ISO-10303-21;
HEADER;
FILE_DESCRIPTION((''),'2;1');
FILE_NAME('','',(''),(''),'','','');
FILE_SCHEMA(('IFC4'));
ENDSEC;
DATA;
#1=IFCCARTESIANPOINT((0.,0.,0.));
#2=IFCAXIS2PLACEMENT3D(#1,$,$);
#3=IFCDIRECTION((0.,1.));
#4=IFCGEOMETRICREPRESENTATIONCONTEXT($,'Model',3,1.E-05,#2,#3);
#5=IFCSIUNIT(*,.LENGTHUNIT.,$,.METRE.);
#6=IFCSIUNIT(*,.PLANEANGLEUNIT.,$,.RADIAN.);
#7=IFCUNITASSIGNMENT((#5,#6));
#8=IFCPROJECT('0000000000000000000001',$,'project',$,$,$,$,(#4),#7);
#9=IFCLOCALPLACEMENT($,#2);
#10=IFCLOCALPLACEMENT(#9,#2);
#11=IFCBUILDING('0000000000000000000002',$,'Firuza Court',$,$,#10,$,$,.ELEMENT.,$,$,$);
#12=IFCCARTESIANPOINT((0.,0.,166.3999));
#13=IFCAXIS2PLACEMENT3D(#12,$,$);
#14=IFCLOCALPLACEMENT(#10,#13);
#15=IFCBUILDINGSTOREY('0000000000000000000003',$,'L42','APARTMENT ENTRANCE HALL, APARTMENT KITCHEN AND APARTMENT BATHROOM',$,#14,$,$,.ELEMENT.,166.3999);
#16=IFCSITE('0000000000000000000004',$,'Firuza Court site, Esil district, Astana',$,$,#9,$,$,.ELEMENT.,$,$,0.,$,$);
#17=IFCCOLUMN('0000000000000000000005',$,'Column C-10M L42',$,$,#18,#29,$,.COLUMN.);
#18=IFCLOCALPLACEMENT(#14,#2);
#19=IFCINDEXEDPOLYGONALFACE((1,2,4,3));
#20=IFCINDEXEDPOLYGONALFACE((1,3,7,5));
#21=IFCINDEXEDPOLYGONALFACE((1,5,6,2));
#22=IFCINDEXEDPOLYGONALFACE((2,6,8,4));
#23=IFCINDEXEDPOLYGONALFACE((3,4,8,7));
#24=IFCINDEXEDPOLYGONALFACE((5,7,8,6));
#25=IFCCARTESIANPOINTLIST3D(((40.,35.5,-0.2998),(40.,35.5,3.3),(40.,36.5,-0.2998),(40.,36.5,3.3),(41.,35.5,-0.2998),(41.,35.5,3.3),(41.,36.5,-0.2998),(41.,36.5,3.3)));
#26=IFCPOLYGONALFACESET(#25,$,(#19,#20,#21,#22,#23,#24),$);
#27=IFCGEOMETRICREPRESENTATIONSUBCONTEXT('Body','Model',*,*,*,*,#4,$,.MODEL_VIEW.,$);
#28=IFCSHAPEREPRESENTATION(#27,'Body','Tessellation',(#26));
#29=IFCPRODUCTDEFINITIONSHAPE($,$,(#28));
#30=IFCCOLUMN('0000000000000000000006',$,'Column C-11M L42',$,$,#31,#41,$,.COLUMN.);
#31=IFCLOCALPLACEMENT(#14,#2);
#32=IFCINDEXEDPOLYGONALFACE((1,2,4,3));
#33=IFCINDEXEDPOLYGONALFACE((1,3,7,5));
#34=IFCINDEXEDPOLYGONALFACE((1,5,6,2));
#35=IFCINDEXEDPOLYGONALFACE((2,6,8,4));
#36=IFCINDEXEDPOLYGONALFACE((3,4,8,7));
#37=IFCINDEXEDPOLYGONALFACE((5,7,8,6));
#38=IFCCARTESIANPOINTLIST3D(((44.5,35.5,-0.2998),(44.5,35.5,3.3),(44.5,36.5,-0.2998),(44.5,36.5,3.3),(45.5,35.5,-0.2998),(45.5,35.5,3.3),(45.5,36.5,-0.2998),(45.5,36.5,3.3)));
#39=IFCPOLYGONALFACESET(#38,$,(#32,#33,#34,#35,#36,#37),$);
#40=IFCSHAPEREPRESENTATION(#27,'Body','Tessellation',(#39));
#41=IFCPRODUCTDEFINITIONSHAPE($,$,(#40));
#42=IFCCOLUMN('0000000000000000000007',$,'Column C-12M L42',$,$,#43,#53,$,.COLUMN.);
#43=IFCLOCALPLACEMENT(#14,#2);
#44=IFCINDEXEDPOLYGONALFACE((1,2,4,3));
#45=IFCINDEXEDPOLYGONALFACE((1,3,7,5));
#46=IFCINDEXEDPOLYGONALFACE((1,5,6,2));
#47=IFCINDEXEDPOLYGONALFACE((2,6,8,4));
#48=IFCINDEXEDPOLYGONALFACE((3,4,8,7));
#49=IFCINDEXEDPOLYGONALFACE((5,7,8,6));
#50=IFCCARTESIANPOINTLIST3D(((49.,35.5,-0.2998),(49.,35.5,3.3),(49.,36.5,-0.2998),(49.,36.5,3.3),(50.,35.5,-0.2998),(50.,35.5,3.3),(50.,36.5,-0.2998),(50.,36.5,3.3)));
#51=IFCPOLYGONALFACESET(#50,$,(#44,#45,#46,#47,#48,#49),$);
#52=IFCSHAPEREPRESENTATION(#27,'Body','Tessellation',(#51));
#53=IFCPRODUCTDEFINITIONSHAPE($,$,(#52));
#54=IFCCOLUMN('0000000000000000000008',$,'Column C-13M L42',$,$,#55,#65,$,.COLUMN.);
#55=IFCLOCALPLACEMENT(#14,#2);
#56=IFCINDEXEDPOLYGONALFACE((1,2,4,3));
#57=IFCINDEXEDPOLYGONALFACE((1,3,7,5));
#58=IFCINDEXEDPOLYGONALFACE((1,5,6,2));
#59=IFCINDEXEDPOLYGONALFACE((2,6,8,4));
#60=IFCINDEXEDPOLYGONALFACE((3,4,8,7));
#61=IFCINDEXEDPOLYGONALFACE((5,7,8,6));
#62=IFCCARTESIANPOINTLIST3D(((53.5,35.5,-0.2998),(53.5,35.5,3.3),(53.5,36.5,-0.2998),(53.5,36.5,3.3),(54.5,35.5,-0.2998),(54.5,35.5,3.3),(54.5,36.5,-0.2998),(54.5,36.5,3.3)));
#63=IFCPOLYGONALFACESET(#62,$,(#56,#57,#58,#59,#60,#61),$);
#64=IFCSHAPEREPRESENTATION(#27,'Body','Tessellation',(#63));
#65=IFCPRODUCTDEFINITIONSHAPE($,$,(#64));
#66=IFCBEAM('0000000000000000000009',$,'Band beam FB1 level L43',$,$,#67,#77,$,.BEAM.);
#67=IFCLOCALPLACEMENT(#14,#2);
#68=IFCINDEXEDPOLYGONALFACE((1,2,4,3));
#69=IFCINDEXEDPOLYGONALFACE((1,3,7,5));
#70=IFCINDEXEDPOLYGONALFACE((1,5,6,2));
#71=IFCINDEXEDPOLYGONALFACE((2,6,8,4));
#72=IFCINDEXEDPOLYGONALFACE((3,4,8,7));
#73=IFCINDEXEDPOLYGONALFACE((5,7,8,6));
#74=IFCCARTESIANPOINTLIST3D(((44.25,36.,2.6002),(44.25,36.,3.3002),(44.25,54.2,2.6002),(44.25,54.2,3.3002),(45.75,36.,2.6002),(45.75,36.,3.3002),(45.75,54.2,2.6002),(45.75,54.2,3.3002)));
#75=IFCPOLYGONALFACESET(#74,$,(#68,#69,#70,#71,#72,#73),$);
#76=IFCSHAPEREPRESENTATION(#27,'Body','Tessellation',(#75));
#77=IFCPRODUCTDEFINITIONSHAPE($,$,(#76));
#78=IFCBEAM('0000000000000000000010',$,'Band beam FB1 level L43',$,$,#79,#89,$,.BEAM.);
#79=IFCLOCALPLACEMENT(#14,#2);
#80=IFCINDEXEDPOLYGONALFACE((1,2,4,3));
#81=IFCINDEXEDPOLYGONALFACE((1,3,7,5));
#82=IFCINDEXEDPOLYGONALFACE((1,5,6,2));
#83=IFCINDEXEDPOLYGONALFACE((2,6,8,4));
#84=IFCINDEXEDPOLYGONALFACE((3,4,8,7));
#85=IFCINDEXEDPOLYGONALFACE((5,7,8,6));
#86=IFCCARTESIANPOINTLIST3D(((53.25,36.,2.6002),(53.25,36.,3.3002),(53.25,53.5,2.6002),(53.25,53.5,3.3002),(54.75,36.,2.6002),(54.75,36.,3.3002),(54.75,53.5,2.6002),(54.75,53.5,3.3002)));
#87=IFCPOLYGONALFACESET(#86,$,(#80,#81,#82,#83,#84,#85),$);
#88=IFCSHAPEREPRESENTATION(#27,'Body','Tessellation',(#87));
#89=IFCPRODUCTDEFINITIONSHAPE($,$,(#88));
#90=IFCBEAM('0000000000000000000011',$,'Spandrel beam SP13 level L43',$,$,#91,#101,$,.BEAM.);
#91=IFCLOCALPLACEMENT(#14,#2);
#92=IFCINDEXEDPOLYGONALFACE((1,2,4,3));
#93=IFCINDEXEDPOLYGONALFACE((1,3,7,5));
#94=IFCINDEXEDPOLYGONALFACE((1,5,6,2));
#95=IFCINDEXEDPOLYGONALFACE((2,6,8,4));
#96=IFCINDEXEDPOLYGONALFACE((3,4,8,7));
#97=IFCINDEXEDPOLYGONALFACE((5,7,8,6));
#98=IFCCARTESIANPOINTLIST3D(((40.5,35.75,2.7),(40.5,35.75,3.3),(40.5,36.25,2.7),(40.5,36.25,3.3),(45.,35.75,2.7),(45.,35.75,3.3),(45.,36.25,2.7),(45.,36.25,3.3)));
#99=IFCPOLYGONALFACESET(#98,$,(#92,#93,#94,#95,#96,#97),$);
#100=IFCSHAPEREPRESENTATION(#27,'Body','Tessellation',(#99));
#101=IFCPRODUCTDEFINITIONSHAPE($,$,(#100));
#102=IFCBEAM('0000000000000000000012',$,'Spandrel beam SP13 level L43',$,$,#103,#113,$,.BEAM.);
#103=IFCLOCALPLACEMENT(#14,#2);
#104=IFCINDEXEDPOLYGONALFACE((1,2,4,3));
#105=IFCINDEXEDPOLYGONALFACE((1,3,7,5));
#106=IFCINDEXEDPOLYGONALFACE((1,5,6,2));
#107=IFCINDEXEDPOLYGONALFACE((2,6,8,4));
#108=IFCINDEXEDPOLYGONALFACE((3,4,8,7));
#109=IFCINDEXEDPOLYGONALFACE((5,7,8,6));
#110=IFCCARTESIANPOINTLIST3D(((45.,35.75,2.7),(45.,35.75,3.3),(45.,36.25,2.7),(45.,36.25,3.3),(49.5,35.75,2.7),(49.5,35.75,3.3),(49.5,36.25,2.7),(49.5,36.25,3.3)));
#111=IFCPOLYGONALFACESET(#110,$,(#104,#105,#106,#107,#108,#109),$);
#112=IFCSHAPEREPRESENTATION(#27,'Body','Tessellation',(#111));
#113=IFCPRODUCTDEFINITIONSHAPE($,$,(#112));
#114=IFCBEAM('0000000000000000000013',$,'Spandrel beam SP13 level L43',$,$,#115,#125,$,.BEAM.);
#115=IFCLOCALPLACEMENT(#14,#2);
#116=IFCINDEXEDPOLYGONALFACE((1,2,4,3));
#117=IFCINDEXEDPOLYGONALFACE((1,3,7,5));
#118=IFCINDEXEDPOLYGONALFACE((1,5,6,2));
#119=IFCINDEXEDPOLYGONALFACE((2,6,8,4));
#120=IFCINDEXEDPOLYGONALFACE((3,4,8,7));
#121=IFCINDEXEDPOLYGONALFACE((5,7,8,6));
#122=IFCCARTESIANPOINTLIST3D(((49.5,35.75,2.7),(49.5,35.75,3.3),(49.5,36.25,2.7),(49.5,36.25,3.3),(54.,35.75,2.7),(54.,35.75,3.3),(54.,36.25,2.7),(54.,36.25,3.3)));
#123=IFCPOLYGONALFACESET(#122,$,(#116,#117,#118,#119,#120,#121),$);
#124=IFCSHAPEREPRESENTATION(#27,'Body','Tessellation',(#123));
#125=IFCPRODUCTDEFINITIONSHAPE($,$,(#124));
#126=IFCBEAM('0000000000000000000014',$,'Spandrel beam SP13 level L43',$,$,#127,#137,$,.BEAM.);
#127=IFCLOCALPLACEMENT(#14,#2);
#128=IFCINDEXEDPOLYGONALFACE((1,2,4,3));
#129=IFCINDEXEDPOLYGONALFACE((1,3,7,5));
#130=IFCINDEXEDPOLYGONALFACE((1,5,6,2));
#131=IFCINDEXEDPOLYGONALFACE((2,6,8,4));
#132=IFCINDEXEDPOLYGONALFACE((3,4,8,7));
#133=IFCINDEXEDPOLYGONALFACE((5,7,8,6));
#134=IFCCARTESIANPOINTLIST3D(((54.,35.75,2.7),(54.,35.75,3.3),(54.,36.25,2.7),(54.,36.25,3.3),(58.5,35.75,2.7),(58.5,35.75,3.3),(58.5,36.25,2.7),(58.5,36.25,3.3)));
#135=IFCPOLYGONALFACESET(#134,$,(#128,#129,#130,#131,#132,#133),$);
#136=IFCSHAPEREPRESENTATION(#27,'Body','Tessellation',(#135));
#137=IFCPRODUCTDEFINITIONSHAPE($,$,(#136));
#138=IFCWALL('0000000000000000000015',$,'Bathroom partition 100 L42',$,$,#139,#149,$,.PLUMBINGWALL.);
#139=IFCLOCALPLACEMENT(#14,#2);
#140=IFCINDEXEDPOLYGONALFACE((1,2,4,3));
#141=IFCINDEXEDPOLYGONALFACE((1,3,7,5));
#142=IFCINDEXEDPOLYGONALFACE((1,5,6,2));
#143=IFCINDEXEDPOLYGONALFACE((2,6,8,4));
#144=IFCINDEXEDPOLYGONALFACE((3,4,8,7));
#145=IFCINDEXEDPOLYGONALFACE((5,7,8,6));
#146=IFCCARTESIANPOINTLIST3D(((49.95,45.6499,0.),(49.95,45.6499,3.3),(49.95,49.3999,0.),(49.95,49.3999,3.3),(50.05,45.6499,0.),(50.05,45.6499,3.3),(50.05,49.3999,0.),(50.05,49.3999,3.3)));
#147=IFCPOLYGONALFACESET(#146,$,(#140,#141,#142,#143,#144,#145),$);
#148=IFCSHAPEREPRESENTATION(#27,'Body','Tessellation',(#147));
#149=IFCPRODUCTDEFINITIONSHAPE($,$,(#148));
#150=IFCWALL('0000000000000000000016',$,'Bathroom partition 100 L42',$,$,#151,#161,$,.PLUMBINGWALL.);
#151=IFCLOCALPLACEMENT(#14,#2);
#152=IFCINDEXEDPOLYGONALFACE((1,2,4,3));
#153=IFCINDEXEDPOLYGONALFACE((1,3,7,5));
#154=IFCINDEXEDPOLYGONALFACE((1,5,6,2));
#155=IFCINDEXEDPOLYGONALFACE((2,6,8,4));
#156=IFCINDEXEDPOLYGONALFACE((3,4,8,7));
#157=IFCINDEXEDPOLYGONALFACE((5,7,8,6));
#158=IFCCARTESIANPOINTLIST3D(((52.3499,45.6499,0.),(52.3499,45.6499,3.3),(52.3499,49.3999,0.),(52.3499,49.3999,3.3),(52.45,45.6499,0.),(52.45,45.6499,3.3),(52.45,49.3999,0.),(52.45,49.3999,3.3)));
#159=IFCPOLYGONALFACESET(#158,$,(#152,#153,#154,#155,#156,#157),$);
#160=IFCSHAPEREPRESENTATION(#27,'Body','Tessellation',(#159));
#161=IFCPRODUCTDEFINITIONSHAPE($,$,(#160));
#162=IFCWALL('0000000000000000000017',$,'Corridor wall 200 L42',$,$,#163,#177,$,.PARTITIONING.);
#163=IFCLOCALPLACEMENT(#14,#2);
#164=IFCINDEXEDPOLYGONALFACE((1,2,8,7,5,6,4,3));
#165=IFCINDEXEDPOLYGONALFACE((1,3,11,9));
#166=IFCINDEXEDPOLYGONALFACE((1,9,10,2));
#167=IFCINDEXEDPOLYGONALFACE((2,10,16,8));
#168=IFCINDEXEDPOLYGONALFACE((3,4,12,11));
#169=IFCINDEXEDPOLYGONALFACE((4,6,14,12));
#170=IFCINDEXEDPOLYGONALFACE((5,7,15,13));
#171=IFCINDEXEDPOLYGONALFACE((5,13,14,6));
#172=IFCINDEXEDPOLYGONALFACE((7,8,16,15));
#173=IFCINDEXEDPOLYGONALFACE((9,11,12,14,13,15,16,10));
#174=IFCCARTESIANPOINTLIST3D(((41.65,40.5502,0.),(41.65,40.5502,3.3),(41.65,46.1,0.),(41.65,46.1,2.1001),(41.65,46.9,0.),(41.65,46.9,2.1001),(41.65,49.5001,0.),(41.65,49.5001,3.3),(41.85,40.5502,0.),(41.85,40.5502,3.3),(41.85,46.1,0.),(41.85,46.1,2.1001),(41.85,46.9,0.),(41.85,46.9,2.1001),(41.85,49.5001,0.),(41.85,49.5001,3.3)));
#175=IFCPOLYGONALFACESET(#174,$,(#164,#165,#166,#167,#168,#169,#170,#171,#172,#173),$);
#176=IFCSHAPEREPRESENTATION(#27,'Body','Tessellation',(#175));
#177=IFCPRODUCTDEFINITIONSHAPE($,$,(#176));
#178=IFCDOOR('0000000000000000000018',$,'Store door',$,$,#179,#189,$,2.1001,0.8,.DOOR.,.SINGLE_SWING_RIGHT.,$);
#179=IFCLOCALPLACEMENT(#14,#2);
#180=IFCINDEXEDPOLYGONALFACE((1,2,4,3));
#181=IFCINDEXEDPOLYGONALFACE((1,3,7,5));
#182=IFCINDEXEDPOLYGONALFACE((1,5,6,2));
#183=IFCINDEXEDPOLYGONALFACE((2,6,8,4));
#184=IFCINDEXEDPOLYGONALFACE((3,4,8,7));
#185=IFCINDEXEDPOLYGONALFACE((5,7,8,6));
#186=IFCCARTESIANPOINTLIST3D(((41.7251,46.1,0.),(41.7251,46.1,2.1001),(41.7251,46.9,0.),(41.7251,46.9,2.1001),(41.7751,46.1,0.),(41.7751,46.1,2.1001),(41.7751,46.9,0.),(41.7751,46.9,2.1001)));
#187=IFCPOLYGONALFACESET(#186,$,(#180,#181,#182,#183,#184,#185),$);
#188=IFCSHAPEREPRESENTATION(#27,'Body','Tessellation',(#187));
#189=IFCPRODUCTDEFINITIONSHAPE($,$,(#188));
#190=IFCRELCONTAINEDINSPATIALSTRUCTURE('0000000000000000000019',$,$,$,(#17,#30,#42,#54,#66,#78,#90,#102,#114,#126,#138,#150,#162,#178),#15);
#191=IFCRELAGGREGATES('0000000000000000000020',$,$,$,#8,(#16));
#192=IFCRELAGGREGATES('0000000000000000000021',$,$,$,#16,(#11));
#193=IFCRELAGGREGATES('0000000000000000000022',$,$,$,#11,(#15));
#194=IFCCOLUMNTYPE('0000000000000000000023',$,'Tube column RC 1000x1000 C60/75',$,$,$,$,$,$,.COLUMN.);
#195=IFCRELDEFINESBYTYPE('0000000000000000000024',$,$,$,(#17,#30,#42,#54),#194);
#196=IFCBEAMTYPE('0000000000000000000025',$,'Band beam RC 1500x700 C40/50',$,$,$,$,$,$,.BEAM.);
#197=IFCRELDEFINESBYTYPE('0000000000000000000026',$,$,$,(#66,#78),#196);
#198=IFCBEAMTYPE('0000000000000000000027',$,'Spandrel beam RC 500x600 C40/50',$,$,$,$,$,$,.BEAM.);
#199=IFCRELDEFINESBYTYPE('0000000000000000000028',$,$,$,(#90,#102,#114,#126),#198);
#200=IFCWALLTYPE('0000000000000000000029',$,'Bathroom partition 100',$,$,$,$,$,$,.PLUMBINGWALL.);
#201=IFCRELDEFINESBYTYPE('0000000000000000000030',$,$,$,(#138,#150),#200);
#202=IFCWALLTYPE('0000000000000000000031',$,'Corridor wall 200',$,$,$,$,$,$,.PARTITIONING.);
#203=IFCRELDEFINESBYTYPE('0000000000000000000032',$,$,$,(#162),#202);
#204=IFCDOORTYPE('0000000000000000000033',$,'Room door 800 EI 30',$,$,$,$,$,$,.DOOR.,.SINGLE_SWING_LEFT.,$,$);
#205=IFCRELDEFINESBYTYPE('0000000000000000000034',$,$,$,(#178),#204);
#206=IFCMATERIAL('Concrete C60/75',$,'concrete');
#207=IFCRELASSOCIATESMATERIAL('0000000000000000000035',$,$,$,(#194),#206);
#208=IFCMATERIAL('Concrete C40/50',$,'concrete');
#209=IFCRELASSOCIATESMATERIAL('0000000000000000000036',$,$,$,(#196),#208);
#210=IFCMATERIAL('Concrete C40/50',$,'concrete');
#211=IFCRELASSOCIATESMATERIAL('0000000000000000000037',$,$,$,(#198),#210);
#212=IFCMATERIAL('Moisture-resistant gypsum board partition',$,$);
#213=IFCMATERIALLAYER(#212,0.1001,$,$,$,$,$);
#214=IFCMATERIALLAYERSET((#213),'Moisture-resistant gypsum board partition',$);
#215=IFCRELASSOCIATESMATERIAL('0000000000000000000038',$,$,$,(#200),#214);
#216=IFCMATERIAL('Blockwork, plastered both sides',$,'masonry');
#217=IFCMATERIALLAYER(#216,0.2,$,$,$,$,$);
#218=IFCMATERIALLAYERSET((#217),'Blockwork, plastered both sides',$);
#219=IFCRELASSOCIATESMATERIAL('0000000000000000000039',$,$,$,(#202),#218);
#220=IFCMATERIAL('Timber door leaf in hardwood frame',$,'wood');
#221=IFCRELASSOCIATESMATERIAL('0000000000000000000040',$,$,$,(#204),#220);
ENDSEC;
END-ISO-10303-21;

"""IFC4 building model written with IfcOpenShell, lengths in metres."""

from ifc_helpers import new_model, si_unit, direction, frame, frame_2d, origin, origin_2d, place, context, subcontext, project, spatial, rectangle, extrude, material, layer, layer_set, material_profile, profile_set, type_object, element, fill, save


model = new_model("IFC4")

# Units and contexts
model_context = context("Model", 3, precision=1e-05, world=origin(), true_north=direction((0.0, 1.0)))
body_context = subcontext(model_context, "Body", "Model", "MODEL_VIEW")
ifc_project = project(units=[si_unit("LENGTHUNIT", "METRE"), si_unit("PLANEANGLEUNIT", "RADIAN")], contexts=[model_context])

# Site, building, storey
site_placement = place(None, origin())
site = spatial("IfcSite", under=ifc_project, at=site_placement, Name="Firuza Court site, Esil district, Astana", CompositionType="ELEMENT", RefElevation=0.0)
building_placement = place(site_placement, origin())
building = spatial("IfcBuilding", under=site, at=building_placement, Name="Firuza Court", CompositionType="ELEMENT")
storey_placement = place(building_placement, frame((0.0, 0.0, 166.3999)))
storey = spatial("IfcBuildingStorey", under=building, at=storey_placement, Name="L42", Description="APARTMENT ENTRANCE HALL, APARTMENT KITCHEN AND APARTMENT BATHROOM", CompositionType="ELEMENT", Elevation=166.3999)

# Columns
ifc_material_1 = material(Name="Concrete C60/75", Category="concrete")
ifc_material_profile_1 = material_profile(ifc_material_1, rectangle(XDim=1.0, YDim=1.0, at=origin_2d()), Name="RC 1000x1000")
ifc_profile_set_1 = profile_set([ifc_material_profile_1], Name="Concrete C60/75")
column_type = type_object("IfcColumnType", Name="Tube column RC 1000x1000 C60/75", PredefinedType="COLUMN", material=ifc_profile_set_1)
for number, where, z_axis, x_axis, name in (
    (1, (40.5, 36.0, -0.2998), (0.0, 0.0, 1.0), (1.0, 0.0, 0.0), "Column C-10M L42"),
    (2, (45.0, 36.0, -0.2998), (0.0, 0.0, 1.0), (1.0, 0.0, 0.0), "Column C-11M L42"),
    (3, (49.5, 36.0, -0.2998), (0.0, 0.0, 1.0), (1.0, 0.0, 0.0), "Column C-12M L42"),
    (4, (54.0, 36.0, -0.2998), (0.0, 0.0, 1.0), (1.0, 0.0, 0.0), "Column C-13M L42"),
):
    element("IfcColumn", number, at=place(storey_placement, frame(where, z_axis=z_axis, x_axis=x_axis)), inside=storey, type_object=column_type, Name=name, PredefinedType="COLUMN", context=body_context, shape_type="SweptSolid", body=[
        extrude(rectangle(XDim=1.0, YDim=1.0, at=origin_2d()), origin(), (0.0, 0.0, 1.0), 3.5999),
    ])

# Beams
ifc_material_2 = material(Name="Concrete C40/50", Category="concrete")
ifc_material_profile_2 = material_profile(ifc_material_2, rectangle(XDim=1.5, YDim=0.7, at=origin_2d()), Name="RC 1500x700")
ifc_profile_set_2 = profile_set([ifc_material_profile_2], Name="Concrete C40/50")
beam_type_1 = type_object("IfcBeamType", Name="Band beam RC 1500x700 C40/50", PredefinedType="BEAM", material=ifc_profile_set_2)
beam_1_placement = place(storey_placement, frame((45.0, 36.0, 2.9502), z_axis=(0.0, 1.0, 0.0), x_axis=(-1.0, 0.0, 0.0)))
element("IfcBeam", 5, at=beam_1_placement, inside=storey, type_object=beam_type_1, Name="Band beam FB1 level L43", PredefinedType="BEAM", context=body_context, shape_type="SweptSolid", body=[
    extrude(rectangle(XDim=1.5, YDim=0.7, at=origin_2d()), origin(), (0.0, 0.0, 1.0), 18.2),
])
beam_2_placement = place(storey_placement, frame((54.0, 36.0, 2.9502), z_axis=(0.0, 1.0, 0.0), x_axis=(-1.0, 0.0, 0.0)))
element("IfcBeam", 6, at=beam_2_placement, inside=storey, type_object=beam_type_1, Name="Band beam FB1 level L43", PredefinedType="BEAM", context=body_context, shape_type="SweptSolid", body=[
    extrude(rectangle(XDim=1.5, YDim=0.7, at=origin_2d()), origin(), (0.0, 0.0, 1.0), 17.5),
])
ifc_material_3 = material(Name="Concrete C40/50", Category="concrete")
ifc_material_profile_3 = material_profile(ifc_material_3, rectangle(XDim=0.5, YDim=0.6001, at=origin_2d()), Name="RC 500x600")
ifc_profile_set_3 = profile_set([ifc_material_profile_3], Name="Concrete C40/50")
beam_type_2 = type_object("IfcBeamType", Name="Spandrel beam RC 500x600 C40/50", PredefinedType="BEAM", material=ifc_profile_set_3)
for number, where, z_axis, x_axis, name in (
    (7, (40.5, 36.0, 3.0), (1.0, 0.0, 0.0), (0.0, 1.0, 0.0), "Spandrel beam SP13 level L43"),
    (8, (45.0, 36.0, 3.0), (1.0, 0.0, 0.0), (0.0, 1.0, 0.0), "Spandrel beam SP13 level L43"),
    (9, (49.5, 36.0, 3.0), (1.0, 0.0, 0.0), (0.0, 1.0, 0.0), "Spandrel beam SP13 level L43"),
    (10, (54.0, 36.0, 3.0), (1.0, 0.0, 0.0), (0.0, 1.0, 0.0), "Spandrel beam SP13 level L43"),
):
    element("IfcBeam", number, at=place(storey_placement, frame(where, z_axis=z_axis, x_axis=x_axis)), inside=storey, type_object=beam_type_2, Name=name, PredefinedType="BEAM", context=body_context, shape_type="SweptSolid", body=[
        extrude(rectangle(XDim=0.5, YDim=0.6001, at=origin_2d()), origin(), (0.0, 0.0, 1.0), 4.5),
    ])

# Walls
ifc_material_4 = material(Name="Moisture-resistant gypsum board partition")
ifc_layer_1 = layer(ifc_material_4, 0.1001)
ifc_layer_set_1 = layer_set([ifc_layer_1], Name="Moisture-resistant gypsum board partition")
wall_type_1 = type_object("IfcWallType", Name="Bathroom partition 100", PredefinedType="PLUMBINGWALL", material=ifc_layer_set_1)
for number, where, z_axis, x_axis, name in (
    (11, (50.0, 45.6499, 0.0), (0.0, 0.0, 1.0), (0.0, 1.0, 0.0), "Bathroom partition 100 L42"),
    (12, (52.3999, 45.6499, 0.0), (0.0, 0.0, 1.0), (0.0, 1.0, 0.0), "Bathroom partition 100 L42"),
):
    element("IfcWall", number, at=place(storey_placement, frame(where, z_axis=z_axis, x_axis=x_axis)), inside=storey, type_object=wall_type_1, Name=name, PredefinedType="PLUMBINGWALL", context=body_context, shape_type="SweptSolid", body=[
        extrude(rectangle(XDim=3.75, YDim=0.1001, at=frame_2d((1.875, 0.0))), origin(), (0.0, 0.0, 1.0), 3.3),
    ])

# Wall, opening, door
ifc_material_5 = material(Name="Blockwork, plastered both sides", Category="masonry")
ifc_layer_2 = layer(ifc_material_5, 0.2)
ifc_layer_set_2 = layer_set([ifc_layer_2], Name="Blockwork, plastered both sides")
wall_type_2 = type_object("IfcWallType", Name="Corridor wall 200", PredefinedType="PARTITIONING", material=ifc_layer_set_2)
wall_1_placement = place(storey_placement, frame((41.75, 40.55, 0.0), z_axis=(0.0, 0.0, 1.0), x_axis=(0.0, 1.0, 0.0)))
wall_1 = element("IfcWall", 13, at=wall_1_placement, inside=storey, type_object=wall_type_2, Name="Corridor wall 200 L42", PredefinedType="PARTITIONING", context=body_context, shape_type="SweptSolid", body=[
    extrude(rectangle(XDim=8.95, YDim=0.2, at=frame_2d((4.4751, 0.0))), origin(), (0.0, 0.0, 1.0), 3.3),
])
opening_1_placement = place(wall_1_placement, frame((5.55, 0.0, 0.0)))
opening_1 = element("IfcOpeningElement", 14, at=opening_1_placement, cuts=wall_1, PredefinedType="OPENING", context=body_context, shape_type="SweptSolid", body=[
    extrude(rectangle(XDim=0.8, YDim=2.1001, at=frame_2d((0.3999, 1.05))), frame((0.0, 0.1118, 0.0), z_axis=(0.0, -1.0, 0.0), x_axis=(1.0, 0.0, 0.0)), (0.0, 0.0, 1.0), 0.2239),
])
ifc_material_6 = material(Name="Timber door leaf in hardwood frame", Category="wood")
door_type_1 = type_object("IfcDoorType", Name="Room door 800 EI 30", OperationType="SINGLE_SWING_LEFT", PredefinedType="DOOR", material=ifc_material_6)
door_1_placement = place(opening_1_placement, origin())
door_1 = element("IfcDoor", 15, at=door_1_placement, inside=storey, type_object=door_type_1, Name="Store door", OperationType="SINGLE_SWING_RIGHT", OverallHeight=2.1001, OverallWidth=0.8, PredefinedType="DOOR", context=body_context, shape_type="SweptSolid", body=[
    extrude(rectangle(XDim=0.8, YDim=2.1001, at=frame_2d((0.3999, 1.05))), frame((0.0, 0.0249, 0.0), z_axis=(0.0, -1.0, 0.0), x_axis=(1.0, 0.0, 0.0)), (0.0, 0.0, 1.0), 0.05),
])
fill(opening_1, door_1)

save(model, "model.ifc")
